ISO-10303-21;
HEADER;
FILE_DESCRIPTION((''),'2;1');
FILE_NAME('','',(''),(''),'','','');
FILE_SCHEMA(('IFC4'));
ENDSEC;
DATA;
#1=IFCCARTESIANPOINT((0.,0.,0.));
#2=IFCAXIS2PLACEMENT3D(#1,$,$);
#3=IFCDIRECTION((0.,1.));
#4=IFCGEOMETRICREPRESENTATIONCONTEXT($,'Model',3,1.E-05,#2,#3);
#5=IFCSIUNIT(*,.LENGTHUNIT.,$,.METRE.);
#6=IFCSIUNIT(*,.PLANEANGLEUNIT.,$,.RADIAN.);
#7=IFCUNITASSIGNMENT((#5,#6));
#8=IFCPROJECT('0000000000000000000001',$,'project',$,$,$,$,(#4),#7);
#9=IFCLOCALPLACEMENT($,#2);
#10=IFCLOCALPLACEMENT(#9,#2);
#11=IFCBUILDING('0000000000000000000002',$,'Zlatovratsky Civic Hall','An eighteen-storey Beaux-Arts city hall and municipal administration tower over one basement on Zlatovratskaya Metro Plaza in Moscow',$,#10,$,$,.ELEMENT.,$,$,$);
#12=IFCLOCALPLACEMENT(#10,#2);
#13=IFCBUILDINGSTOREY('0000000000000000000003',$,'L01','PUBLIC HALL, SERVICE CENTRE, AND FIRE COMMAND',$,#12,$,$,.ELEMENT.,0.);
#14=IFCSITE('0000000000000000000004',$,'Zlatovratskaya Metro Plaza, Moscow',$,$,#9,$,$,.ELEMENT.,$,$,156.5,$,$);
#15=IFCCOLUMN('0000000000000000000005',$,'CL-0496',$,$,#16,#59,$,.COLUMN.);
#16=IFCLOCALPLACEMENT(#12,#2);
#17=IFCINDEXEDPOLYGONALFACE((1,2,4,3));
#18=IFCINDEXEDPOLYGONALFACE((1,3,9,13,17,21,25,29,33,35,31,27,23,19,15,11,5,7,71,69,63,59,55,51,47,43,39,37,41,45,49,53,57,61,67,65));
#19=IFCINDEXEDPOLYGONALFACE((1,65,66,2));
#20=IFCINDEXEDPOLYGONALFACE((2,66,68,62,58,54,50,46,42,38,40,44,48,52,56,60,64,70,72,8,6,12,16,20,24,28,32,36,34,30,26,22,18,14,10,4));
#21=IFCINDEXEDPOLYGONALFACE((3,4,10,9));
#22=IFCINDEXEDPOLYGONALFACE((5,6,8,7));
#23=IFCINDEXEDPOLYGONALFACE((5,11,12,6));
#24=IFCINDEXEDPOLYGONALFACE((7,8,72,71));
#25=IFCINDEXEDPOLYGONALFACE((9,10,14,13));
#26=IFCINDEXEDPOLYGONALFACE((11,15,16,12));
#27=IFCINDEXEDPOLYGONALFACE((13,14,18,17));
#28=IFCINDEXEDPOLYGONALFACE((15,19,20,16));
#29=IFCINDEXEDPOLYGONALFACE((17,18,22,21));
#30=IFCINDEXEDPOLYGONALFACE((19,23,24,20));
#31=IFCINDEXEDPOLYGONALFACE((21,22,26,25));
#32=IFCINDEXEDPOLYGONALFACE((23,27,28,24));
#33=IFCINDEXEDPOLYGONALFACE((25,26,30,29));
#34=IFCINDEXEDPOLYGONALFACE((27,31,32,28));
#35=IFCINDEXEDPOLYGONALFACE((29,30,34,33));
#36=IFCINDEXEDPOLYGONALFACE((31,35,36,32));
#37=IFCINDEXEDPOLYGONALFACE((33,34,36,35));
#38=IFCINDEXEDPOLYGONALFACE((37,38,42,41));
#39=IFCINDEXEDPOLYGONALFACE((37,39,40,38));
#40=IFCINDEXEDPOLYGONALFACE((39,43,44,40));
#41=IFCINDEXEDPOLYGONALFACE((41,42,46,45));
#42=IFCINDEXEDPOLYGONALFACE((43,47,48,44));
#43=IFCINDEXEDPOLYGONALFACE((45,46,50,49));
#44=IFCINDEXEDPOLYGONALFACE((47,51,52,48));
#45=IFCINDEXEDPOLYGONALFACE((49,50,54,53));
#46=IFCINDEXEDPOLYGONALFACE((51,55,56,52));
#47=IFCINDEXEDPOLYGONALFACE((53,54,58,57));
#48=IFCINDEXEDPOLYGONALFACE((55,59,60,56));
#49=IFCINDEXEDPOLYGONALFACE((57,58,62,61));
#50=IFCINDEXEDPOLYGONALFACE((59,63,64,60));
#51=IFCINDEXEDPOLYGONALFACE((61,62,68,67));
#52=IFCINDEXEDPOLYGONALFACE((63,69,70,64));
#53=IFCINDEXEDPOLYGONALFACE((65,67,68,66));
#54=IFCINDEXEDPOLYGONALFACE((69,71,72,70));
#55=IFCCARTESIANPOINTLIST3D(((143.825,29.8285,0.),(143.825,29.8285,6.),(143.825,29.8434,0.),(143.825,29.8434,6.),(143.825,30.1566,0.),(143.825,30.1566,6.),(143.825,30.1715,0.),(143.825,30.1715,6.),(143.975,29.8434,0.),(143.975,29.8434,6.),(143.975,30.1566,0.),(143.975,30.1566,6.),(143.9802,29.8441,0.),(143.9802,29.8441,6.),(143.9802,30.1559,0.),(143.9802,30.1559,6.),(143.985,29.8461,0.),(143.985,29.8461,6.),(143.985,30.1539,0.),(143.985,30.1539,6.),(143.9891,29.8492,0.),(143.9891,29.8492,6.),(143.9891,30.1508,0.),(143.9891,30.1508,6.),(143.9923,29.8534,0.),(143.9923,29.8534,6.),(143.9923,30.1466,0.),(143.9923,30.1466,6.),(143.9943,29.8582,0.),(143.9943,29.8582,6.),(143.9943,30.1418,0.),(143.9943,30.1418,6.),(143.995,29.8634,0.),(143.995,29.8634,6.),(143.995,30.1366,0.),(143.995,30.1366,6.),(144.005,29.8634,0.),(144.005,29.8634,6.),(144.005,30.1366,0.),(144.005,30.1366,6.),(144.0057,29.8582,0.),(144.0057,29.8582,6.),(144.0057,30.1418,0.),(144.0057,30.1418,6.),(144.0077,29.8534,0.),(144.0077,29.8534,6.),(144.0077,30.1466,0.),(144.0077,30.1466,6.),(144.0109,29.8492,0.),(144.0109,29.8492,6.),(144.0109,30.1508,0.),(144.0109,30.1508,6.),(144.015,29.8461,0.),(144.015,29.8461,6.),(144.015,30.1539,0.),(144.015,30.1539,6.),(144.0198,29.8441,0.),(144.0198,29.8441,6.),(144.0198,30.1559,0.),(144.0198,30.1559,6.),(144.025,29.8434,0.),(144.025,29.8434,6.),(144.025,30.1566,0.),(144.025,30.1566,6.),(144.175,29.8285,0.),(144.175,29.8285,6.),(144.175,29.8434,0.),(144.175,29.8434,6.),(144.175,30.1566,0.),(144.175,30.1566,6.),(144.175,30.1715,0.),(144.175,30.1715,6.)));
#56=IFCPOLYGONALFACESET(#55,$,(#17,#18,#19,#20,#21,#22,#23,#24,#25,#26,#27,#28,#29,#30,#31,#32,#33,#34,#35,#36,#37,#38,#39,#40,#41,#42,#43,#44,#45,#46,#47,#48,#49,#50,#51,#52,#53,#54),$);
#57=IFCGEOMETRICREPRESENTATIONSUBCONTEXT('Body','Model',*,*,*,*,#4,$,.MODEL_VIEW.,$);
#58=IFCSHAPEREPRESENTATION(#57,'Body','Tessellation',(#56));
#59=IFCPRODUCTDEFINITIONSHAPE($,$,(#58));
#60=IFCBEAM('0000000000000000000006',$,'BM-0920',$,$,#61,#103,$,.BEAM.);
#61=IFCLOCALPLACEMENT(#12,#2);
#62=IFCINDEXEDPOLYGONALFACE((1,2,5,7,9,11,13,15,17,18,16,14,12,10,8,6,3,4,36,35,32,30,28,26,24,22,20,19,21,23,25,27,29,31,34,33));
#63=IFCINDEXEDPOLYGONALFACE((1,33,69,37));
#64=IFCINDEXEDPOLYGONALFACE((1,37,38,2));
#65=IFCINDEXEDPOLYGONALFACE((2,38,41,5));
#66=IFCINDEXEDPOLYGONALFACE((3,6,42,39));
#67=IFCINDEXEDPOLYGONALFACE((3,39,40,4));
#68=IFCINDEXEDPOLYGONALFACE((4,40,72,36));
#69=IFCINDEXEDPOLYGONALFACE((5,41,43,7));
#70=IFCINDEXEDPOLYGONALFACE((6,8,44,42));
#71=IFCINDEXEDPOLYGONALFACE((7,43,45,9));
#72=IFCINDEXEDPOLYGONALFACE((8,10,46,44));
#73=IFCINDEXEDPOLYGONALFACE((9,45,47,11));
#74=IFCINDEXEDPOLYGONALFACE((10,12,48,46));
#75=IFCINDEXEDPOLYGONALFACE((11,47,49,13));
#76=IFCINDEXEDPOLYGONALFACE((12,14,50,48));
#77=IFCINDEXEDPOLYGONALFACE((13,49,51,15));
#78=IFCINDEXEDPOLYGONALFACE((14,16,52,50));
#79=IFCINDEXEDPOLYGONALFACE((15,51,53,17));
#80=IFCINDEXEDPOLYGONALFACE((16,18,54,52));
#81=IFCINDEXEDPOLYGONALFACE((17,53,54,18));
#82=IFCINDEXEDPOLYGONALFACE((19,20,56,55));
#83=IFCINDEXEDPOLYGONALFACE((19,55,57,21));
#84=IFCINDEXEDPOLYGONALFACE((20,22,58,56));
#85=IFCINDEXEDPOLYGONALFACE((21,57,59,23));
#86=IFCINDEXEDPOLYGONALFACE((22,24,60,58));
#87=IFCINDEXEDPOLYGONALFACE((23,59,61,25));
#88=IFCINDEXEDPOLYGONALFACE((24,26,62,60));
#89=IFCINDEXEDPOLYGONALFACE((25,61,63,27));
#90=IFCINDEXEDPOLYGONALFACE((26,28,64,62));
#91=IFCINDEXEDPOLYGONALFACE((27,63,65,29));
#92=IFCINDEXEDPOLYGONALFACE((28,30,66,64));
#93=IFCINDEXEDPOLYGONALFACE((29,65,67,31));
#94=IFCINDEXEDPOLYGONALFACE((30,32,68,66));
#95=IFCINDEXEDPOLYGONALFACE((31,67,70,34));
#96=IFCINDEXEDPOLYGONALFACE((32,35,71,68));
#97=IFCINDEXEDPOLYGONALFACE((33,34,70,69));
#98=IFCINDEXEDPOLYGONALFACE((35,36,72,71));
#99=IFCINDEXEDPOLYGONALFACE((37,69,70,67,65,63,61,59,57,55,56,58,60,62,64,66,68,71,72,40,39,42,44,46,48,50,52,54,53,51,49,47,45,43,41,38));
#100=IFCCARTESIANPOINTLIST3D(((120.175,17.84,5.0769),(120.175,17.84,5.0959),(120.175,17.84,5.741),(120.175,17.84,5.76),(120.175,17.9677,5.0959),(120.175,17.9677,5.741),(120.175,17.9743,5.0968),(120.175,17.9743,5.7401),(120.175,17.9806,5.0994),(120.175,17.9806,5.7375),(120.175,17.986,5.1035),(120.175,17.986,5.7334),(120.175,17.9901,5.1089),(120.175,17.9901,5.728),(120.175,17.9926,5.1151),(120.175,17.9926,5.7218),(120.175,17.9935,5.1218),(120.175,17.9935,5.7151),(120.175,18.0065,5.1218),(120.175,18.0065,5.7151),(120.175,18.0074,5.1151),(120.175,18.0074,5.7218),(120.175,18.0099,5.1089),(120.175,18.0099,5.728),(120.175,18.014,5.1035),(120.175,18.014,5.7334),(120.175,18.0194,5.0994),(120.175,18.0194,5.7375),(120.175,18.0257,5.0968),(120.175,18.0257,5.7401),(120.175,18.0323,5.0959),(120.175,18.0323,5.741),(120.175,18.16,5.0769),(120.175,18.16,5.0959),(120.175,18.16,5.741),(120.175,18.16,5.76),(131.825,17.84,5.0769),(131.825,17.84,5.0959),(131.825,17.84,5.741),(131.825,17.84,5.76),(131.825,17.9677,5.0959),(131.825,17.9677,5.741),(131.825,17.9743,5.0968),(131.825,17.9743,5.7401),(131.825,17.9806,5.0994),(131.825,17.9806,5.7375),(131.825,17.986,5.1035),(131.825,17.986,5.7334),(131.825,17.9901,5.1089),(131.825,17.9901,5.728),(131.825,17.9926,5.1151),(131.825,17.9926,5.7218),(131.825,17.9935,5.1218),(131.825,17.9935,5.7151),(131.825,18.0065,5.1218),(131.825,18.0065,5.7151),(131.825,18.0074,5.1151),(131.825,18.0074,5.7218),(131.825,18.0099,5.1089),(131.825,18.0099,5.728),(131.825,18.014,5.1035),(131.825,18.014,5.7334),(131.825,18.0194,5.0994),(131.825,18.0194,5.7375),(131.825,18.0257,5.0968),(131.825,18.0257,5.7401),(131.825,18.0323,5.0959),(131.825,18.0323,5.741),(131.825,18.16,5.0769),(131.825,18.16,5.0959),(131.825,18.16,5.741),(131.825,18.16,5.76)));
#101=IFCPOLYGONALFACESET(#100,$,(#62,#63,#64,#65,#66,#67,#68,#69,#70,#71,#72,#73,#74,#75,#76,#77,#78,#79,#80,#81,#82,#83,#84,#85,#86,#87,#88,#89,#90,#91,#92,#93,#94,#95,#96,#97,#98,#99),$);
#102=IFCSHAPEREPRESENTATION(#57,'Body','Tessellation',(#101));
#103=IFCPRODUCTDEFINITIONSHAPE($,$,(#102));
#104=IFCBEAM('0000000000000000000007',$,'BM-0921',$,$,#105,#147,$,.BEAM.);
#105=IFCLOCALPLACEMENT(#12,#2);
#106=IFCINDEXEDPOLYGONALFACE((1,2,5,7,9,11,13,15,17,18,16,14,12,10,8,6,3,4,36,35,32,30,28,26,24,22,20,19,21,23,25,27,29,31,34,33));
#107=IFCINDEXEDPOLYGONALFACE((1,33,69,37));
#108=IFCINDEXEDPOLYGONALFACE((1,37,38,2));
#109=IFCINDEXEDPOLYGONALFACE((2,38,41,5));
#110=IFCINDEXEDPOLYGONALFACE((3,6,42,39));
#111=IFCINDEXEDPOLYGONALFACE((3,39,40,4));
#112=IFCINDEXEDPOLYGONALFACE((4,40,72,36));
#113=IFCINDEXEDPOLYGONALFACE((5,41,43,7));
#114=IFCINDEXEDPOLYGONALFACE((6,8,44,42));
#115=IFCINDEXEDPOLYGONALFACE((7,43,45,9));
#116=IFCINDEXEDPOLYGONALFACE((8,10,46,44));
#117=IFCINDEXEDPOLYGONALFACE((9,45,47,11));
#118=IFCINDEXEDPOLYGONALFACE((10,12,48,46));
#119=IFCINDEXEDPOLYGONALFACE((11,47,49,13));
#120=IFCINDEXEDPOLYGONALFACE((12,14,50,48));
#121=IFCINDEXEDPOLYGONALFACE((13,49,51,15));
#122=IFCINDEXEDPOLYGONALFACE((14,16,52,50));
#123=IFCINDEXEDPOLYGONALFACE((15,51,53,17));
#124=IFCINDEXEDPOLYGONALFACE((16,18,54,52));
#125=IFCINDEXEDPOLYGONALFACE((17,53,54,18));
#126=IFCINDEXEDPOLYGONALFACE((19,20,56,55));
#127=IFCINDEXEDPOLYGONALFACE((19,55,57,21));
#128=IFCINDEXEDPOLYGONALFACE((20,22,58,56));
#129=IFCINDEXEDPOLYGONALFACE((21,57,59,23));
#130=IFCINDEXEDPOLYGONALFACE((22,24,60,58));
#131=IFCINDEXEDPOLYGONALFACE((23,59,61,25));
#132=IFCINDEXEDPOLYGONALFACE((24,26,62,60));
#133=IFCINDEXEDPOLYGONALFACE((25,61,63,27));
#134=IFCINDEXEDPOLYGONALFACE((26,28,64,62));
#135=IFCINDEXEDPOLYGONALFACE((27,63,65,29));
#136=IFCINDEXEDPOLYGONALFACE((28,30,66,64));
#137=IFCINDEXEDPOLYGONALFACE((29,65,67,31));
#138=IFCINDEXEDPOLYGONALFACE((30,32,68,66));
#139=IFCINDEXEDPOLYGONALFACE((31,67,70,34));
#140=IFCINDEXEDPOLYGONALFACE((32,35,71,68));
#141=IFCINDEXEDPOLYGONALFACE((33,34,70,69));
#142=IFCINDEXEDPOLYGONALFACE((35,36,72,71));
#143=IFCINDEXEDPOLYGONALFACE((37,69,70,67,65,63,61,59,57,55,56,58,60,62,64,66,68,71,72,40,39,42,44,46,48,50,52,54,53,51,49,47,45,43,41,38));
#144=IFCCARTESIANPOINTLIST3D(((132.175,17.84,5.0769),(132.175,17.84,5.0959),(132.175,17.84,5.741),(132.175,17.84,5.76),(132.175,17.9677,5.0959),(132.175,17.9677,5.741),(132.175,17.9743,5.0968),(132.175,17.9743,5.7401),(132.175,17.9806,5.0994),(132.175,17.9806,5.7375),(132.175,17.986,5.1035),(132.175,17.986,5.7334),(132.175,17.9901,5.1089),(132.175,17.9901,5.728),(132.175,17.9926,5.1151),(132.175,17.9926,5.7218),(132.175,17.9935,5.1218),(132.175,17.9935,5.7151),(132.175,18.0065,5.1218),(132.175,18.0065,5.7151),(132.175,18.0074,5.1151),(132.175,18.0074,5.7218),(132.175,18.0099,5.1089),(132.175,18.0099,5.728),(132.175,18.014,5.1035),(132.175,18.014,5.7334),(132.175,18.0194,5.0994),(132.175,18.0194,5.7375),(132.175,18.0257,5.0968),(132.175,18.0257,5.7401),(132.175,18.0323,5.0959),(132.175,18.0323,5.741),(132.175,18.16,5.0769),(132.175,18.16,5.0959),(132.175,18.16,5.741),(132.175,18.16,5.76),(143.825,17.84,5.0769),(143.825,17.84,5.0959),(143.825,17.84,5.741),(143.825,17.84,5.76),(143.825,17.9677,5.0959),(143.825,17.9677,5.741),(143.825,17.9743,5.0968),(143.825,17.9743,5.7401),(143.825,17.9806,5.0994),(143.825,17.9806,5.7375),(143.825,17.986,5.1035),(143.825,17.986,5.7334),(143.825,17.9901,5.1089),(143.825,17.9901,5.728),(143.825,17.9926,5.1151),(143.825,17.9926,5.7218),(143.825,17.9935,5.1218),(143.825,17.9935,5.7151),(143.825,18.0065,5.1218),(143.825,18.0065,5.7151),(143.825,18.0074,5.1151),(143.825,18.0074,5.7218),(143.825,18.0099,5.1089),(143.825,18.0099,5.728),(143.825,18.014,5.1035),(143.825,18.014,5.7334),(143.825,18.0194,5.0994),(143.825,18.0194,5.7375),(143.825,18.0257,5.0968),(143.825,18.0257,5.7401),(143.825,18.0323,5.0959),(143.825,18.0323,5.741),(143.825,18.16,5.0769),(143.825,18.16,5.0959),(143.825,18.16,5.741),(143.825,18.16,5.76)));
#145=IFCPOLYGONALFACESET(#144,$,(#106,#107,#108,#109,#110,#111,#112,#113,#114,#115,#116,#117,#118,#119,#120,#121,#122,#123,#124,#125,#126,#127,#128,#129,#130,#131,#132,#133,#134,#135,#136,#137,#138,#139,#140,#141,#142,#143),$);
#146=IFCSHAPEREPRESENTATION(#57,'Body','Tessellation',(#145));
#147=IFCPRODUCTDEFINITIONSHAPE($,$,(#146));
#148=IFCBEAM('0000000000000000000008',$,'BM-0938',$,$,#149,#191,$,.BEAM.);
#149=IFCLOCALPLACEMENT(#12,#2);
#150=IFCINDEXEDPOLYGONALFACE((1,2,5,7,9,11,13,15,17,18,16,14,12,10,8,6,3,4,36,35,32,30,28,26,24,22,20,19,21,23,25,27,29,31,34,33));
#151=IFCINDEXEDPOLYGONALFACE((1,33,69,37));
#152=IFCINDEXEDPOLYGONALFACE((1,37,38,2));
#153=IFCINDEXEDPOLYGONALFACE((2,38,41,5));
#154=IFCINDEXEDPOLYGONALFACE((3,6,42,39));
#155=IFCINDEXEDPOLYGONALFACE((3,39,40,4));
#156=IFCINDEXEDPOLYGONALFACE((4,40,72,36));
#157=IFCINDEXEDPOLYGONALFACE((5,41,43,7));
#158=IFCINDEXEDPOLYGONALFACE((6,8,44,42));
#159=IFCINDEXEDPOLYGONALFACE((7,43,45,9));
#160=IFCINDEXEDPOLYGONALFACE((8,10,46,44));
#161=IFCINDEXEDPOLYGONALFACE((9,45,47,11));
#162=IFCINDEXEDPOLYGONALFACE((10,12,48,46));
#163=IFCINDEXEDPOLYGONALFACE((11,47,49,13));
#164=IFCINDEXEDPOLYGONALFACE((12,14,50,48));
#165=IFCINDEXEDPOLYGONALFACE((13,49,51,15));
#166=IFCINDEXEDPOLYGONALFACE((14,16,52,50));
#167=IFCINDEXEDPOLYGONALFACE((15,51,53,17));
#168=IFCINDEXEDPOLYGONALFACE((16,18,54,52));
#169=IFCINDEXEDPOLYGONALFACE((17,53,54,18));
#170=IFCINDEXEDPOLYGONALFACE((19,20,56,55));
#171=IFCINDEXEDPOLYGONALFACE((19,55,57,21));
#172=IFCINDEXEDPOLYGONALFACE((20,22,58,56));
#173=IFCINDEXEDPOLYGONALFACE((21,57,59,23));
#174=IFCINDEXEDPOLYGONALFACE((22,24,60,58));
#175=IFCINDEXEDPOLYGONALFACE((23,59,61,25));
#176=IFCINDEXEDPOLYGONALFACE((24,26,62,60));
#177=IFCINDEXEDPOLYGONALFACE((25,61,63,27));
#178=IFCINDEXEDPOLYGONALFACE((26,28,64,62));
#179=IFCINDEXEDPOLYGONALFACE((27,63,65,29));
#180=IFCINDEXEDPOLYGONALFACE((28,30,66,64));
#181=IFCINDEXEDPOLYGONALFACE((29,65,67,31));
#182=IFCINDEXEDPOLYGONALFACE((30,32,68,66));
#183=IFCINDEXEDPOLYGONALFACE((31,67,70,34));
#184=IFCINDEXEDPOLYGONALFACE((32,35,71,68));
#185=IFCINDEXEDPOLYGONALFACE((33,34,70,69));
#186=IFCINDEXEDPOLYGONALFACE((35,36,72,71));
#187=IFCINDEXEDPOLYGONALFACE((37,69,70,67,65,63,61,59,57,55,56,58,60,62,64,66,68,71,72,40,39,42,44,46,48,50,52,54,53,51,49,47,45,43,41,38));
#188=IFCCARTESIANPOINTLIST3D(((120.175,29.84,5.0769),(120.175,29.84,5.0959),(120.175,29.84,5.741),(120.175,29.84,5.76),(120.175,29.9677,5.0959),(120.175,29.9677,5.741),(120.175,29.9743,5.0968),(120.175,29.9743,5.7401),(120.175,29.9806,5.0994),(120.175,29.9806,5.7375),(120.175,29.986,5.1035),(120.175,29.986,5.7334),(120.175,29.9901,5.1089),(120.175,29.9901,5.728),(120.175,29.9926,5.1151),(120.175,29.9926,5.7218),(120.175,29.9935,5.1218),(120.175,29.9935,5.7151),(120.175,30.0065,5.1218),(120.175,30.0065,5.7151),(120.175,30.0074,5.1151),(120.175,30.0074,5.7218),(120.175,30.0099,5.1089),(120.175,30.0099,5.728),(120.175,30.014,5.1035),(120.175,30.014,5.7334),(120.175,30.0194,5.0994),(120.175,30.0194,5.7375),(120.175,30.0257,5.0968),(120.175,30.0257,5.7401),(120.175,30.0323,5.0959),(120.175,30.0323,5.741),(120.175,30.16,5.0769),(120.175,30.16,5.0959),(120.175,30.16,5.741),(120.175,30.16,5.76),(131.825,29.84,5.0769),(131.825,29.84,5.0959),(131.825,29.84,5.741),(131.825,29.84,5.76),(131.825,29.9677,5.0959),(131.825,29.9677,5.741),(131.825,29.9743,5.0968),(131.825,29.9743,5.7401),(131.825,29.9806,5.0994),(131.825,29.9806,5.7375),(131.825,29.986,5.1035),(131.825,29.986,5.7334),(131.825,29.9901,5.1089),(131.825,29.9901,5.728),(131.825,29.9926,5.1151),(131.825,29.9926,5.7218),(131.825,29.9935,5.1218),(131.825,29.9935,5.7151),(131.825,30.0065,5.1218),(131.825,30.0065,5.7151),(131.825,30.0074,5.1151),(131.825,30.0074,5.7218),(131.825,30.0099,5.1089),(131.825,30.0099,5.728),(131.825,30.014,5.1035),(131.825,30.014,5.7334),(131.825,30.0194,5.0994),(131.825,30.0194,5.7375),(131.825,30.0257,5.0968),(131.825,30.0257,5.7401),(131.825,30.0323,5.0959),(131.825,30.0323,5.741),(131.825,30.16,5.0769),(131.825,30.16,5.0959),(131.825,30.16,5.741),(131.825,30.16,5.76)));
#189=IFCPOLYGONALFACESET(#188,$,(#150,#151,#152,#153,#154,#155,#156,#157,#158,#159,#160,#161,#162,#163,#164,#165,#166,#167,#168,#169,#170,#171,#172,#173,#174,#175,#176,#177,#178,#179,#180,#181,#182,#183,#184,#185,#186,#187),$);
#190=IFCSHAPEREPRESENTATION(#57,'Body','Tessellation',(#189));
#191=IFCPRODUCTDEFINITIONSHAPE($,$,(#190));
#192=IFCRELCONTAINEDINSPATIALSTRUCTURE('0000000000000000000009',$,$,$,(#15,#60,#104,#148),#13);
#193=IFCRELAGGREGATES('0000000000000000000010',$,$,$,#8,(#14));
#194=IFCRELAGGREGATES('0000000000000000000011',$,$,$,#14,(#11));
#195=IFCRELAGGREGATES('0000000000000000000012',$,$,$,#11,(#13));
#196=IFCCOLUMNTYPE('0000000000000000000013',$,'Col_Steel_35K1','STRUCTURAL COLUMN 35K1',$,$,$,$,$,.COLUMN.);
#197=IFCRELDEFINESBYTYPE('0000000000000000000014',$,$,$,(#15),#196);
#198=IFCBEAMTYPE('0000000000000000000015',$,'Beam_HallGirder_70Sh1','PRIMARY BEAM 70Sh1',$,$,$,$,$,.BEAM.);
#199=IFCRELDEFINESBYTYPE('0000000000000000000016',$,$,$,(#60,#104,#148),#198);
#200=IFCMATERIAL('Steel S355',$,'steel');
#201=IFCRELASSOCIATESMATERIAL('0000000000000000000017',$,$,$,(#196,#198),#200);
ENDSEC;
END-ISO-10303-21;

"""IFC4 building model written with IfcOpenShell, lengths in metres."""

from ifc_helpers import new_model, si_unit, direction, frame, origin, origin_2d, place, context, subcontext, project, spatial, i_section, extrude, material, material_profile, profile_set, type_object, element, save


model = new_model("IFC4")

# Units and contexts
model_context = context("Model", 3, precision=1e-05, world=origin(), true_north=direction((0.0, 1.0)))
body_context = subcontext(model_context, "Body", "Model", "MODEL_VIEW")
ifc_project = project(units=[si_unit("LENGTHUNIT", "METRE"), si_unit("PLANEANGLEUNIT", "RADIAN")], contexts=[model_context])

# Site, building, storey
site_placement = place(None, origin())
site = spatial("IfcSite", under=ifc_project, at=site_placement, Name="Zlatovratskaya Metro Plaza, Moscow", CompositionType="ELEMENT", RefElevation=156.5)
building_placement = place(site_placement, origin())
building = spatial("IfcBuilding", under=site, at=building_placement, Name="Zlatovratsky Civic Hall", Description="An eighteen-storey Beaux-Arts city hall and municipal administration tower over one basement on Zlatovratskaya Metro Plaza in Moscow", CompositionType="ELEMENT")
storey_placement = place(building_placement, origin())
storey = spatial("IfcBuildingStorey", under=building, at=storey_placement, Name="L01", Description="PUBLIC HALL, SERVICE CENTRE, AND FIRE COMMAND", CompositionType="ELEMENT", Elevation=0.0)

# Column
ifc_material_1 = material(Name="Steel S355", Category="steel")
ifc_material_profile_1 = material_profile(ifc_material_1, i_section(OverallWidth=0.3501, OverallDepth=0.343, WebThickness=0.01, FlangeThickness=0.0149, FilletRadius=0.02, at=origin_2d()), Name="35K1")
ifc_profile_set_1 = profile_set([ifc_material_profile_1], Name="Steel S355")
column_type = type_object("IfcColumnType", Name="Col_Steel_35K1", Description="STRUCTURAL COLUMN 35K1", PredefinedType="COLUMN", material=ifc_profile_set_1)
for number, where, z_axis, x_axis, name in (
    (1, (144.0, 30.0, 0.0), (0.0, 0.0, 1.0), (1.0, 0.0, 0.0), "CL-0496"),
):
    element("IfcColumn", number, at=place(storey_placement, frame(where, z_axis=z_axis, x_axis=x_axis)), inside=storey, type_object=column_type, Name=name, PredefinedType="COLUMN", context=body_context, shape_type="SweptSolid", body=[
        extrude(i_section(OverallWidth=0.3501, OverallDepth=0.343, WebThickness=0.01, FlangeThickness=0.0149, FilletRadius=0.02, at=origin_2d()), origin(), (0.0, 0.0, 1.0), 6.0),
    ])

# Beams
ifc_material_profile_2 = material_profile(ifc_material_1, i_section(OverallWidth=0.3201, OverallDepth=0.6831, WebThickness=0.0129, FlangeThickness=0.019, FilletRadius=0.0259, at=origin_2d()), Name="70Sh1")
ifc_profile_set_2 = profile_set([ifc_material_profile_2], Name="Steel S355")
beam_type_1 = type_object("IfcBeamType", Name="Beam_HallGirder_70Sh1", Description="PRIMARY BEAM 70Sh1", PredefinedType="BEAM", material=ifc_profile_set_2)
for number, where, z_axis, x_axis, name in (
    (2, (120.175, 18.0, 5.4185), (1.0, 0.0, 0.0), (0.0, 1.0, 0.0), "BM-0920"),
    (3, (132.175, 18.0, 5.4185), (1.0, 0.0, 0.0), (0.0, 1.0, 0.0), "BM-0921"),
    (4, (120.175, 30.0, 5.4185), (1.0, 0.0, 0.0), (0.0, 1.0, 0.0), "BM-0938"),
):
    element("IfcBeam", number, at=place(storey_placement, frame(where, z_axis=z_axis, x_axis=x_axis)), inside=storey, type_object=beam_type_1, Name=name, PredefinedType="BEAM", context=body_context, shape_type="SweptSolid", body=[
        extrude(i_section(OverallWidth=0.3201, OverallDepth=0.6831, WebThickness=0.0129, FlangeThickness=0.019, FilletRadius=0.0259, at=origin_2d()), origin(), (0.0, 0.0, 1.0), 11.6499),
    ])

save(model, "model.ifc")
